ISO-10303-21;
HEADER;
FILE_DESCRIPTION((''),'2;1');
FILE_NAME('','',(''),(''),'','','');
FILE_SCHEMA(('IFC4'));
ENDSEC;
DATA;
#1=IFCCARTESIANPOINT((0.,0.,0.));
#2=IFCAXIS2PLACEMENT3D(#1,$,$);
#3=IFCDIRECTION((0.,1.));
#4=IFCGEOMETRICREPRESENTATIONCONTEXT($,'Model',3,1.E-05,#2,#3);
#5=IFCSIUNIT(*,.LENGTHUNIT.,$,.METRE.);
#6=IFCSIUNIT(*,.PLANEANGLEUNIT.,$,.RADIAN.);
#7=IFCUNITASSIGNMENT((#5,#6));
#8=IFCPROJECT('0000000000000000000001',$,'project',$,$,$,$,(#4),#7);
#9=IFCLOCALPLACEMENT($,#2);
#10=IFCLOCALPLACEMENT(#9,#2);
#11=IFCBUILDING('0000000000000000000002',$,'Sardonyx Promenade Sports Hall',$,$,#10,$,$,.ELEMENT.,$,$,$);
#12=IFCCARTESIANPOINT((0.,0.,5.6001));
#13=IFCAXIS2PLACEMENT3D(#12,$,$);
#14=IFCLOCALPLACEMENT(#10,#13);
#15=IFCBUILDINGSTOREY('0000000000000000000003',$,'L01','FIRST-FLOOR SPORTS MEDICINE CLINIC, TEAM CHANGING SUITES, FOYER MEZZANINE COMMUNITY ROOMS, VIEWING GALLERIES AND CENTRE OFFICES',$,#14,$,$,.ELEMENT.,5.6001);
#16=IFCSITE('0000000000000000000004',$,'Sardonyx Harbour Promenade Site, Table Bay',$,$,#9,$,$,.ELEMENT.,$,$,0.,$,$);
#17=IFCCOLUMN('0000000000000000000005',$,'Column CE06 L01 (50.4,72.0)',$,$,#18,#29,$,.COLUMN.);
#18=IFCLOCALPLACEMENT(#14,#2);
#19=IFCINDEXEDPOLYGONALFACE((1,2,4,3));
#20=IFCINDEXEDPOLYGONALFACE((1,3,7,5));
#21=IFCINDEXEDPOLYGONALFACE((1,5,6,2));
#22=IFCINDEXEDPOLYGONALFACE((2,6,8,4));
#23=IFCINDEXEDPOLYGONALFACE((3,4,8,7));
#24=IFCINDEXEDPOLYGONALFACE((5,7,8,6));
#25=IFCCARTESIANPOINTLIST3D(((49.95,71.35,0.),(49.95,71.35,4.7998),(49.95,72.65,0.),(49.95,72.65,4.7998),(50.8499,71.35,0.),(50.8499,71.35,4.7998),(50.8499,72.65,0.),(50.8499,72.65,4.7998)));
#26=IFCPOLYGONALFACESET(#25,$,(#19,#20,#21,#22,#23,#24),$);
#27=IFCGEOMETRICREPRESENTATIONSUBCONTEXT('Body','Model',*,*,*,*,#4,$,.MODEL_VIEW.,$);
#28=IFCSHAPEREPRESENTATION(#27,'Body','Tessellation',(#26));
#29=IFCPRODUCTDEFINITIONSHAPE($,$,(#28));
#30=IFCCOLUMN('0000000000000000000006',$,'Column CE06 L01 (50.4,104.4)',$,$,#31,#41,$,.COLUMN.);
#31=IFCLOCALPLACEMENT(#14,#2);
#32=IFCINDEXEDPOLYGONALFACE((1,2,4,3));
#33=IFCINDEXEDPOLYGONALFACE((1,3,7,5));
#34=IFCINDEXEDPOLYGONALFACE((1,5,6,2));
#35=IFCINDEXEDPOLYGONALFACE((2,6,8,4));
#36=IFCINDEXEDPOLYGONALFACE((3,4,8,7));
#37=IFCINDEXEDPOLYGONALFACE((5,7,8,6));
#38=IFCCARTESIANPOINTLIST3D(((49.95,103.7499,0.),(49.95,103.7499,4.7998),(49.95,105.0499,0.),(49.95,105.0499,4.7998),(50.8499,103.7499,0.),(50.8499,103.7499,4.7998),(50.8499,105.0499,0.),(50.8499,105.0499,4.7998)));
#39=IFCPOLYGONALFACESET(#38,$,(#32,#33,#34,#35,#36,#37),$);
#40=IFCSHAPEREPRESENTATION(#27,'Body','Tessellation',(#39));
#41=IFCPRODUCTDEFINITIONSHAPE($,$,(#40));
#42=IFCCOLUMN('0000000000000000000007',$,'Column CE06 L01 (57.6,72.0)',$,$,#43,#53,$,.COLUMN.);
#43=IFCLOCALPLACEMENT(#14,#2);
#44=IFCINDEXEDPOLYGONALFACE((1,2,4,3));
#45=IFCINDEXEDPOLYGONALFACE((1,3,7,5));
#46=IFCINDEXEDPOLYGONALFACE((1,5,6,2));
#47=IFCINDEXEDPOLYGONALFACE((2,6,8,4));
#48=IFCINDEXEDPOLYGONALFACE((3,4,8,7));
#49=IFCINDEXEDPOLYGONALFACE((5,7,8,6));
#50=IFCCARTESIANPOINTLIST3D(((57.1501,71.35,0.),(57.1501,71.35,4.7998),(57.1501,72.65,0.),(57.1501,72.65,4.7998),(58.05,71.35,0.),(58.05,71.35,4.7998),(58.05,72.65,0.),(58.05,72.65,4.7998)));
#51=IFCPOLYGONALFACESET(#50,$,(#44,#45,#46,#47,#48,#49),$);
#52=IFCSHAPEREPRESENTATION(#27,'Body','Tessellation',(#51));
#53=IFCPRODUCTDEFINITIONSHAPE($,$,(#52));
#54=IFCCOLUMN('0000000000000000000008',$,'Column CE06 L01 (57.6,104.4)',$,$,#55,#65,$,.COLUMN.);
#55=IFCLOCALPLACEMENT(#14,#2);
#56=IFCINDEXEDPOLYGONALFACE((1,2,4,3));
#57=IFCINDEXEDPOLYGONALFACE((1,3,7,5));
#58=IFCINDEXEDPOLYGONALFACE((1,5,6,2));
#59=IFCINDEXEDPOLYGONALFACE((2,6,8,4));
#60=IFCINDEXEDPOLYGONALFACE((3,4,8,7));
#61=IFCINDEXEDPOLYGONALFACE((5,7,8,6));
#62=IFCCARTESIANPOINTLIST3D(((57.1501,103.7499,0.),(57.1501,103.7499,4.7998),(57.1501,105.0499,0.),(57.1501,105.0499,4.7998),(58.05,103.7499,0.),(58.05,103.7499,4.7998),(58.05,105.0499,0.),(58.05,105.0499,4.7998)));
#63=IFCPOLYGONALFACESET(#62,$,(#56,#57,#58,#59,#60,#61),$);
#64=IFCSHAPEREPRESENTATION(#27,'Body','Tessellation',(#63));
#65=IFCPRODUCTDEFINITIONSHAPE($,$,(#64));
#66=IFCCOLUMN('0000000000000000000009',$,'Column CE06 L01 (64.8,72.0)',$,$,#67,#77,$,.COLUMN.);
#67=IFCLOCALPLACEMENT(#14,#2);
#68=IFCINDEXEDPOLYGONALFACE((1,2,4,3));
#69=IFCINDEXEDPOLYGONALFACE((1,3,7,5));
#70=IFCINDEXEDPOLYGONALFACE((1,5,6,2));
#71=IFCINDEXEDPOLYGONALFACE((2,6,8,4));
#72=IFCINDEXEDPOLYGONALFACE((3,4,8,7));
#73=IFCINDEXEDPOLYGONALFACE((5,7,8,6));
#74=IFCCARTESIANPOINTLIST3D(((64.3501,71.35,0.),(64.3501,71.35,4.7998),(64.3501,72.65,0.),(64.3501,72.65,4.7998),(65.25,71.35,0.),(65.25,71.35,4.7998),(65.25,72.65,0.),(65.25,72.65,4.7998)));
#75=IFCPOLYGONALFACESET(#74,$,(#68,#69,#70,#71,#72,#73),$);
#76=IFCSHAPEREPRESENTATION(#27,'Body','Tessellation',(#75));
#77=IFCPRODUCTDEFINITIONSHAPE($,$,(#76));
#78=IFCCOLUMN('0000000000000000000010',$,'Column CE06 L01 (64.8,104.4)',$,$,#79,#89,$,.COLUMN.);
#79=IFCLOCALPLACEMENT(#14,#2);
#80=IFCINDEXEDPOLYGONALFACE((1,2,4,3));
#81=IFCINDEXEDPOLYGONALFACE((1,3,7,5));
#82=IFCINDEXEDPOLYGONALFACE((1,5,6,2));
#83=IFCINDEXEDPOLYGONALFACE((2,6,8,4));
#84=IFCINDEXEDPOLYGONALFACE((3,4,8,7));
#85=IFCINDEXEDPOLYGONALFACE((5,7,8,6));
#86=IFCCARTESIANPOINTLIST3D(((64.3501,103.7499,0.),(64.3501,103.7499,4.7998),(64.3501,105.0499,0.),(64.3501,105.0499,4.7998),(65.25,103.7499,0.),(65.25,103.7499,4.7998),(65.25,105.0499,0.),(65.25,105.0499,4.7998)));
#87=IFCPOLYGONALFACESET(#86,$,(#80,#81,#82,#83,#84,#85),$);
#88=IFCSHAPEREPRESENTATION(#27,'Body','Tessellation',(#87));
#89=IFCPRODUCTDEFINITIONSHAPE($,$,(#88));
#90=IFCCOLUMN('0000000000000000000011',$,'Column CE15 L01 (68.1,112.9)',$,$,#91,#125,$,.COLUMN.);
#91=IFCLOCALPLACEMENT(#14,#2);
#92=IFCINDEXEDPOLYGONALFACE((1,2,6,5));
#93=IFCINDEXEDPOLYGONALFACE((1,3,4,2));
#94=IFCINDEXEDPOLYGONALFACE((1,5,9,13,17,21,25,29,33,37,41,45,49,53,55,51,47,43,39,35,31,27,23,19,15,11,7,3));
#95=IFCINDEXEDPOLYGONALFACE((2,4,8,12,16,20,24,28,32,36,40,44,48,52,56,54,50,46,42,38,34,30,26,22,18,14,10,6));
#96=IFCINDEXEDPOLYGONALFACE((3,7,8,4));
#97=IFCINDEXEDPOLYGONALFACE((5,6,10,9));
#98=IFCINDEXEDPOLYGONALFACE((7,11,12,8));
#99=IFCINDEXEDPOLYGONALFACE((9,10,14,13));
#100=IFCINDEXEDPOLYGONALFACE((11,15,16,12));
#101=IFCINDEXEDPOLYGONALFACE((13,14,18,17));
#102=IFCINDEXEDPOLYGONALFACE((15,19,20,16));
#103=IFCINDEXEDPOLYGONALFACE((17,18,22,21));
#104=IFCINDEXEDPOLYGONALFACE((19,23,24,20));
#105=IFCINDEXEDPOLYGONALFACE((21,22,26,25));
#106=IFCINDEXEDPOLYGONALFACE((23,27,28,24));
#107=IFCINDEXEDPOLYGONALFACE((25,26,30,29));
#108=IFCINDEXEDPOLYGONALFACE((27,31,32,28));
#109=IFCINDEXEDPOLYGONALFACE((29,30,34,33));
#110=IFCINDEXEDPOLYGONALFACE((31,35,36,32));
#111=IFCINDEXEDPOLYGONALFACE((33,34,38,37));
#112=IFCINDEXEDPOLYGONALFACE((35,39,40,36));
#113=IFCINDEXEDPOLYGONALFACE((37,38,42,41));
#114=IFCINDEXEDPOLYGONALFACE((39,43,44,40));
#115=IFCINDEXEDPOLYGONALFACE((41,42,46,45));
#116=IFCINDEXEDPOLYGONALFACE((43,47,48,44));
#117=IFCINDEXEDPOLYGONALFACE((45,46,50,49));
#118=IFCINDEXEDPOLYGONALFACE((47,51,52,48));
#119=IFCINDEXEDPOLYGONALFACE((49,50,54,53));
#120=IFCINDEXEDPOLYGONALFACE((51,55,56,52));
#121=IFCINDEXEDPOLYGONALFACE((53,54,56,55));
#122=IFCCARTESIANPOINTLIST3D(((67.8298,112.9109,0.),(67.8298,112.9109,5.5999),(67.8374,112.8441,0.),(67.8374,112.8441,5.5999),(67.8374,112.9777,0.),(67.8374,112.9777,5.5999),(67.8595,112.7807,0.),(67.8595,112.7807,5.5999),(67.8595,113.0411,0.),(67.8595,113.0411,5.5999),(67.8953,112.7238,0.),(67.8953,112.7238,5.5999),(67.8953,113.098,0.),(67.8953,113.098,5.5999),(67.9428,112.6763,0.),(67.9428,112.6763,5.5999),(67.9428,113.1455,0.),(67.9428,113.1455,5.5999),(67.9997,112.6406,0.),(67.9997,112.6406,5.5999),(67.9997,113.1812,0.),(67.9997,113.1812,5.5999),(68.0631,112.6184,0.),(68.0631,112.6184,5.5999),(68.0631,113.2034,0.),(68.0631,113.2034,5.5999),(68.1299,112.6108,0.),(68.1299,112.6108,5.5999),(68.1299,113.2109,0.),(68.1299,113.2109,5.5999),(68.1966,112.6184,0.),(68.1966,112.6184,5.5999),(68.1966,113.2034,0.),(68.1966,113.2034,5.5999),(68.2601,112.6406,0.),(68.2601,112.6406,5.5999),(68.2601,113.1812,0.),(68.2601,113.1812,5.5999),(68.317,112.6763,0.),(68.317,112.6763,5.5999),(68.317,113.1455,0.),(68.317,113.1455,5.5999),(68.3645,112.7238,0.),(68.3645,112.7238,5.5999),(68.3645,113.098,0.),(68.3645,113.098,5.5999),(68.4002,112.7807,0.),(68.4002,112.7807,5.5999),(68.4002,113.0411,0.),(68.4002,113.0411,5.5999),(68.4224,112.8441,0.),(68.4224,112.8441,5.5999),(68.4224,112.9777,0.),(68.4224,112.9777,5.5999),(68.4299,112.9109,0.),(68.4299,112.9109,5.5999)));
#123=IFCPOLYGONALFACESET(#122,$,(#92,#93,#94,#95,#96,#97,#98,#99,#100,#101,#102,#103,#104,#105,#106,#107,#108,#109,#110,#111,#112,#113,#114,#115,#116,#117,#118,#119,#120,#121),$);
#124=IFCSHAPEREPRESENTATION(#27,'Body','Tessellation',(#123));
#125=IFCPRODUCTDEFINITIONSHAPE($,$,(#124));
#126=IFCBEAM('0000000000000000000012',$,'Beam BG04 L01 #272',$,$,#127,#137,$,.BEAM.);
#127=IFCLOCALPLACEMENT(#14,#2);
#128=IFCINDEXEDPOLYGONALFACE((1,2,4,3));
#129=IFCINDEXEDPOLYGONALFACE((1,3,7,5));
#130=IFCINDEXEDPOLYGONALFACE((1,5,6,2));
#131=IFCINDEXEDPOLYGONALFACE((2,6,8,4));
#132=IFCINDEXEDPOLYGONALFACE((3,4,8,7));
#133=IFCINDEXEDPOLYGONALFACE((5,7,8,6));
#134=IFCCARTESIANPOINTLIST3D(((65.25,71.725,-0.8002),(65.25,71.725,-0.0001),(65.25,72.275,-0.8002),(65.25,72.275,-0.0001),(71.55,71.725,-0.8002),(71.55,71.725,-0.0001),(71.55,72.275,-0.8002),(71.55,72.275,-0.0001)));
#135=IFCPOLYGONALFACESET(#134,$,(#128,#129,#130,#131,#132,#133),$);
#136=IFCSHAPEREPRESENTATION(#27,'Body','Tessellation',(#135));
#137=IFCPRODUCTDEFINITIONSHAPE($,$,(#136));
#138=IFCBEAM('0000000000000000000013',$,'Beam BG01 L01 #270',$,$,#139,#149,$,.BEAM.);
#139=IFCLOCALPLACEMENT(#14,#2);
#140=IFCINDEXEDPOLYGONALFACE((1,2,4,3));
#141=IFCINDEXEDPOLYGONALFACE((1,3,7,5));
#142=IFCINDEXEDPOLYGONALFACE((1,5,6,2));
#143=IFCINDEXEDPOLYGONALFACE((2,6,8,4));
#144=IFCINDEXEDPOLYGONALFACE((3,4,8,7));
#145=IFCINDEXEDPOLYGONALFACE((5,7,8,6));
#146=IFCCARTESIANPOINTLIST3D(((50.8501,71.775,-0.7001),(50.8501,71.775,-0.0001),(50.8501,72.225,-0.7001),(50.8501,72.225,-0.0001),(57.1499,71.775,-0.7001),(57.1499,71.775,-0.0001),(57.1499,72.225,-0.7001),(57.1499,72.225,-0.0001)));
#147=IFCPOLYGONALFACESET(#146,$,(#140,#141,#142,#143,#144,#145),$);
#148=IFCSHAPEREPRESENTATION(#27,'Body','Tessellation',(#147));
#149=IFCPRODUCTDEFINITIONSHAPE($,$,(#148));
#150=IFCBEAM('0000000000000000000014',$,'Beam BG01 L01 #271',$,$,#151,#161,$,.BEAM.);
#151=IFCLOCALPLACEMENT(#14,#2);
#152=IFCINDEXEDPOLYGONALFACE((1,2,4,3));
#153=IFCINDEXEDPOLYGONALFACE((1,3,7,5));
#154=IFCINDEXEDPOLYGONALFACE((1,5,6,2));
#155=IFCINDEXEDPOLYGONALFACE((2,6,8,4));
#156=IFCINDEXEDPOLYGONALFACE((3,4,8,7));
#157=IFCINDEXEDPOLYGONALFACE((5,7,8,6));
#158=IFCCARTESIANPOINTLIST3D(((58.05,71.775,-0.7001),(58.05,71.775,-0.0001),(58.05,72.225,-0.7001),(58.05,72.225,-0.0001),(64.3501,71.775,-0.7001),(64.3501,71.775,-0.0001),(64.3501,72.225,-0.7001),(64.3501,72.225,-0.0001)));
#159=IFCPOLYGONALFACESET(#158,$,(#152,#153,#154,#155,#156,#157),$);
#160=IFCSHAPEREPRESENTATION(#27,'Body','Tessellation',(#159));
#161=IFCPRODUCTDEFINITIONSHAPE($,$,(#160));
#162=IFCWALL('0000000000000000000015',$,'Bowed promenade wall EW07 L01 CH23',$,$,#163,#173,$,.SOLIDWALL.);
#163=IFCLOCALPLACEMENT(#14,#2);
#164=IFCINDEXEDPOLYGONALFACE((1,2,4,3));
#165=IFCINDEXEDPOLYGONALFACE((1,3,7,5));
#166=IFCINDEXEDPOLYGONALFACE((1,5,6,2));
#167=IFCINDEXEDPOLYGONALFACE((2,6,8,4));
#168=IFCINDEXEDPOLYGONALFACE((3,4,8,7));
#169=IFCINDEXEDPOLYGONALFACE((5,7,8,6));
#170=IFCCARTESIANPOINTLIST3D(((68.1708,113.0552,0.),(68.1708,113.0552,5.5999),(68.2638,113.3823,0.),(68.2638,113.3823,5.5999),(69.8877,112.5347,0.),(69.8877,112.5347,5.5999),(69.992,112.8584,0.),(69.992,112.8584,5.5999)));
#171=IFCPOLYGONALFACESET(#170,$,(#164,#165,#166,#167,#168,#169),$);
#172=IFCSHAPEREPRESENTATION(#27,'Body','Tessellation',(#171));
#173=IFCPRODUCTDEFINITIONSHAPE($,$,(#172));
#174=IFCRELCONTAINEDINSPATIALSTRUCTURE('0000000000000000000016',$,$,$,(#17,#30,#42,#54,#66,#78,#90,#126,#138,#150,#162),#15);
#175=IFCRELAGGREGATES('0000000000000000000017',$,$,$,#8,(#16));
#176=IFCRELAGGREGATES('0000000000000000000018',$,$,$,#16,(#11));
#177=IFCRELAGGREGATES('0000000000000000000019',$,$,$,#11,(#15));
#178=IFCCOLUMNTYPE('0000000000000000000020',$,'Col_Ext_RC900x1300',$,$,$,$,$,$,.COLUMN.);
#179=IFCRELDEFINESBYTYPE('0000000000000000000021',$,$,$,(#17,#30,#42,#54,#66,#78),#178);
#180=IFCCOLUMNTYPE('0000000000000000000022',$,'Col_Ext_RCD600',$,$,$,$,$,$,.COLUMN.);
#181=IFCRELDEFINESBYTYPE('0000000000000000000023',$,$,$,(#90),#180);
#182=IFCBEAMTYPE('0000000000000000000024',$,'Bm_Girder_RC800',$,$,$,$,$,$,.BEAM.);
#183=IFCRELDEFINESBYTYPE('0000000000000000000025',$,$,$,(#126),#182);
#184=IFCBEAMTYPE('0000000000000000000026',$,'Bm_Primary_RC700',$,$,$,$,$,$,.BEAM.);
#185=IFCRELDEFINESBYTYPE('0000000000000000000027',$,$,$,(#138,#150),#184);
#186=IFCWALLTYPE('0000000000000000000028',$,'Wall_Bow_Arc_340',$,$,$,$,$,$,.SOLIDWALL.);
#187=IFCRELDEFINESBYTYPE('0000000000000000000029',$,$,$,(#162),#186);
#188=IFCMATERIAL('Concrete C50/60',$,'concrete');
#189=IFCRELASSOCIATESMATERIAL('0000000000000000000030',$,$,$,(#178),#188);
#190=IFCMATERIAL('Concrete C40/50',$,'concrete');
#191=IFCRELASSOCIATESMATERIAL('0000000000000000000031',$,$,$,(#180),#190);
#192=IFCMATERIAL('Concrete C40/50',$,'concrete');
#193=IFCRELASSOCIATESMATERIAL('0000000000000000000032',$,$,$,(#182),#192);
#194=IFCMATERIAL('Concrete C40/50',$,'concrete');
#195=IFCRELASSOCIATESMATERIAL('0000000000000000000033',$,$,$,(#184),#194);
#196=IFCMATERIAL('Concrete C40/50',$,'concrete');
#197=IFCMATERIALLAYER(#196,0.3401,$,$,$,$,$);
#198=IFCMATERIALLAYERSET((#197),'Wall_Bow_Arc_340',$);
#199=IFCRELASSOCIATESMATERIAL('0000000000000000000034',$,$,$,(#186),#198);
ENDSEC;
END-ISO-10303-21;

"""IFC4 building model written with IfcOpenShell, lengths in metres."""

from ifc_helpers import new_model, si_unit, direction, frame, origin, origin_2d, place, context, subcontext, project, spatial, polyline, rectangle, circle, outline, extrude, material, layer, layer_set, material_profile, profile_set, type_object, element, save


model = new_model("IFC4")

# Units and contexts
model_context = context("Model", 3, precision=1e-05, world=origin(), true_north=direction((0.0, 1.0)))
body_context = subcontext(model_context, "Body", "Model", "MODEL_VIEW")
ifc_project = project(units=[si_unit("LENGTHUNIT", "METRE"), si_unit("PLANEANGLEUNIT", "RADIAN")], contexts=[model_context])

# Site, building, storey
site_placement = place(None, origin())
site = spatial("IfcSite", under=ifc_project, at=site_placement, Name="Sardonyx Harbour Promenade Site, Table Bay", CompositionType="ELEMENT", RefElevation=0.0)
building_placement = place(site_placement, origin())
building = spatial("IfcBuilding", under=site, at=building_placement, Name="Sardonyx Promenade Sports Hall", CompositionType="ELEMENT")
storey_placement = place(building_placement, frame((0.0, 0.0, 5.6001)))
storey = spatial("IfcBuildingStorey", under=building, at=storey_placement, Name="L01", Description="FIRST-FLOOR SPORTS MEDICINE CLINIC, TEAM CHANGING SUITES, FOYER MEZZANINE COMMUNITY ROOMS, VIEWING GALLERIES AND CENTRE OFFICES", CompositionType="ELEMENT", Elevation=5.6001)

# Columns
ifc_material_1 = material(Name="Concrete C50/60", Category="concrete")
ifc_material_profile_1 = material_profile(ifc_material_1, rectangle(XDim=0.8999, YDim=1.3, at=origin_2d()))
ifc_profile_set_1 = profile_set([ifc_material_profile_1], Name="Concrete C50/60")
column_type_1 = type_object("IfcColumnType", Name="Col_Ext_RC900x1300", PredefinedType="COLUMN", material=ifc_profile_set_1)
for number, where, z_axis, x_axis, name in (
    (1, (50.3999, 72.0, 0.0), (0.0, 0.0, 1.0), (1.0, 0.0, 0.0), "Column CE06 L01 (50.4,72.0)"),
    (2, (50.3999, 104.3999, 0.0), (0.0, 0.0, 1.0), (1.0, 0.0, 0.0), "Column CE06 L01 (50.4,104.4)"),
    (3, (57.6001, 72.0, 0.0), (0.0, 0.0, 1.0), (1.0, 0.0, 0.0), "Column CE06 L01 (57.6,72.0)"),
    (4, (57.6001, 104.3999, 0.0), (0.0, 0.0, 1.0), (1.0, 0.0, 0.0), "Column CE06 L01 (57.6,104.4)"),
    (5, (64.8, 72.0, 0.0), (0.0, 0.0, 1.0), (1.0, 0.0, 0.0), "Column CE06 L01 (64.8,72.0)"),
    (6, (64.8, 104.3999, 0.0), (0.0, 0.0, 1.0), (1.0, 0.0, 0.0), "Column CE06 L01 (64.8,104.4)"),
):
    element("IfcColumn", number, at=place(storey_placement, frame(where, z_axis=z_axis, x_axis=x_axis)), inside=storey, type_object=column_type_1, Name=name, PredefinedType="COLUMN", context=body_context, shape_type="SweptSolid", body=[
        extrude(rectangle(XDim=0.8999, YDim=1.3, at=origin_2d()), origin(), (0.0, 0.0, 1.0), 4.7998),
    ])
ifc_material_2 = material(Name="Concrete C40/50", Category="concrete")
ifc_material_profile_2 = material_profile(ifc_material_2, circle(Radius=0.3, at=origin_2d()))
ifc_profile_set_2 = profile_set([ifc_material_profile_2], Name="Concrete C40/50")
column_type_2 = type_object("IfcColumnType", Name="Col_Ext_RCD600", PredefinedType="COLUMN", material=ifc_profile_set_2)
column_placement = place(storey_placement, frame((68.1299, 112.9109, 0.0), z_axis=(0.0, 0.0, 1.0), x_axis=(1.0, 0.0, 0.0)))
element("IfcColumn", 7, at=column_placement, inside=storey, type_object=column_type_2, Name="Column CE15 L01 (68.1,112.9)", PredefinedType="COLUMN", context=body_context, shape_type="SweptSolid", body=[
    extrude(circle(Radius=0.3, at=origin_2d()), origin(), (0.0, 0.0, 1.0), 5.5999),
])

# Beams
ifc_material_3 = material(Name="Concrete C40/50", Category="concrete")
ifc_material_profile_3 = material_profile(ifc_material_3, rectangle(XDim=0.55, YDim=0.8, at=origin_2d()))
ifc_profile_set_3 = profile_set([ifc_material_profile_3], Name="Concrete C40/50")
beam_type_1 = type_object("IfcBeamType", Name="Bm_Girder_RC800", PredefinedType="BEAM", material=ifc_profile_set_3)
beam_1_placement = place(storey_placement, frame((65.25, 72.0, -0.4001), z_axis=(1.0, 0.0, 0.0), x_axis=(0.0, 1.0, 0.0)))
element("IfcBeam", 8, at=beam_1_placement, inside=storey, type_object=beam_type_1, Name="Beam BG04 L01 #272", PredefinedType="BEAM", context=body_context, shape_type="SweptSolid", body=[
    extrude(rectangle(XDim=0.55, YDim=0.8, at=origin_2d()), origin(), (0.0, 0.0, 1.0), 6.3),
])
ifc_material_4 = material(Name="Concrete C40/50", Category="concrete")
ifc_material_profile_4 = material_profile(ifc_material_4, rectangle(XDim=0.45, YDim=0.7, at=origin_2d()))
ifc_profile_set_4 = profile_set([ifc_material_profile_4], Name="Concrete C40/50")
beam_type_2 = type_object("IfcBeamType", Name="Bm_Primary_RC700", PredefinedType="BEAM", material=ifc_profile_set_4)
beam_2_placement = place(storey_placement, frame((50.8501, 72.0, -0.3501), z_axis=(1.0, 0.0, 0.0), x_axis=(0.0, 1.0, 0.0)))
element("IfcBeam", 9, at=beam_2_placement, inside=storey, type_object=beam_type_2, Name="Beam BG01 L01 #270", PredefinedType="BEAM", context=body_context, shape_type="SweptSolid", body=[
    extrude(rectangle(XDim=0.45, YDim=0.7, at=origin_2d()), origin(), (0.0, 0.0, 1.0), 6.2998),
])
beam_3_placement = place(storey_placement, frame((58.05, 72.0, -0.3501), z_axis=(1.0, 0.0, 0.0), x_axis=(0.0, 1.0, 0.0)))
element("IfcBeam", 10, at=beam_3_placement, inside=storey, type_object=beam_type_2, Name="Beam BG01 L01 #271", PredefinedType="BEAM", context=body_context, shape_type="SweptSolid", body=[
    extrude(rectangle(XDim=0.45, YDim=0.7, at=origin_2d()), origin(), (0.0, 0.0, 1.0), 6.3),
])

# Wall
ifc_material_5 = material(Name="Concrete C40/50", Category="concrete")
ifc_layer_1 = layer(ifc_material_5, 0.3401)
ifc_layer_set_1 = layer_set([ifc_layer_1], Name="Wall_Bow_Arc_340")
wall_type_1 = type_object("IfcWallType", Name="Wall_Bow_Arc_340", PredefinedType="SOLIDWALL", material=ifc_layer_set_1)
wall_1_placement = place(storey_placement, frame((68.2173, 113.2188, 0.0), z_axis=(0.0, 0.0, 1.0), x_axis=(0.956994, -0.290109, 0.0)))
element("IfcWall", 11, at=wall_1_placement, inside=storey, type_object=wall_type_1, Name="Bowed promenade wall EW07 L01 CH23", PredefinedType="SOLIDWALL", context=body_context, shape_type="SweptSolid", body=[
    extrude(outline(polyline([(0.0029, -0.17), (1.7971, -0.17), (1.8029, 0.17), (-0.0029, 0.17), (0.0029, -0.17)])), origin(), (0.0, 0.0, 1.0), 5.5999),
])

save(model, "model.ifc")
